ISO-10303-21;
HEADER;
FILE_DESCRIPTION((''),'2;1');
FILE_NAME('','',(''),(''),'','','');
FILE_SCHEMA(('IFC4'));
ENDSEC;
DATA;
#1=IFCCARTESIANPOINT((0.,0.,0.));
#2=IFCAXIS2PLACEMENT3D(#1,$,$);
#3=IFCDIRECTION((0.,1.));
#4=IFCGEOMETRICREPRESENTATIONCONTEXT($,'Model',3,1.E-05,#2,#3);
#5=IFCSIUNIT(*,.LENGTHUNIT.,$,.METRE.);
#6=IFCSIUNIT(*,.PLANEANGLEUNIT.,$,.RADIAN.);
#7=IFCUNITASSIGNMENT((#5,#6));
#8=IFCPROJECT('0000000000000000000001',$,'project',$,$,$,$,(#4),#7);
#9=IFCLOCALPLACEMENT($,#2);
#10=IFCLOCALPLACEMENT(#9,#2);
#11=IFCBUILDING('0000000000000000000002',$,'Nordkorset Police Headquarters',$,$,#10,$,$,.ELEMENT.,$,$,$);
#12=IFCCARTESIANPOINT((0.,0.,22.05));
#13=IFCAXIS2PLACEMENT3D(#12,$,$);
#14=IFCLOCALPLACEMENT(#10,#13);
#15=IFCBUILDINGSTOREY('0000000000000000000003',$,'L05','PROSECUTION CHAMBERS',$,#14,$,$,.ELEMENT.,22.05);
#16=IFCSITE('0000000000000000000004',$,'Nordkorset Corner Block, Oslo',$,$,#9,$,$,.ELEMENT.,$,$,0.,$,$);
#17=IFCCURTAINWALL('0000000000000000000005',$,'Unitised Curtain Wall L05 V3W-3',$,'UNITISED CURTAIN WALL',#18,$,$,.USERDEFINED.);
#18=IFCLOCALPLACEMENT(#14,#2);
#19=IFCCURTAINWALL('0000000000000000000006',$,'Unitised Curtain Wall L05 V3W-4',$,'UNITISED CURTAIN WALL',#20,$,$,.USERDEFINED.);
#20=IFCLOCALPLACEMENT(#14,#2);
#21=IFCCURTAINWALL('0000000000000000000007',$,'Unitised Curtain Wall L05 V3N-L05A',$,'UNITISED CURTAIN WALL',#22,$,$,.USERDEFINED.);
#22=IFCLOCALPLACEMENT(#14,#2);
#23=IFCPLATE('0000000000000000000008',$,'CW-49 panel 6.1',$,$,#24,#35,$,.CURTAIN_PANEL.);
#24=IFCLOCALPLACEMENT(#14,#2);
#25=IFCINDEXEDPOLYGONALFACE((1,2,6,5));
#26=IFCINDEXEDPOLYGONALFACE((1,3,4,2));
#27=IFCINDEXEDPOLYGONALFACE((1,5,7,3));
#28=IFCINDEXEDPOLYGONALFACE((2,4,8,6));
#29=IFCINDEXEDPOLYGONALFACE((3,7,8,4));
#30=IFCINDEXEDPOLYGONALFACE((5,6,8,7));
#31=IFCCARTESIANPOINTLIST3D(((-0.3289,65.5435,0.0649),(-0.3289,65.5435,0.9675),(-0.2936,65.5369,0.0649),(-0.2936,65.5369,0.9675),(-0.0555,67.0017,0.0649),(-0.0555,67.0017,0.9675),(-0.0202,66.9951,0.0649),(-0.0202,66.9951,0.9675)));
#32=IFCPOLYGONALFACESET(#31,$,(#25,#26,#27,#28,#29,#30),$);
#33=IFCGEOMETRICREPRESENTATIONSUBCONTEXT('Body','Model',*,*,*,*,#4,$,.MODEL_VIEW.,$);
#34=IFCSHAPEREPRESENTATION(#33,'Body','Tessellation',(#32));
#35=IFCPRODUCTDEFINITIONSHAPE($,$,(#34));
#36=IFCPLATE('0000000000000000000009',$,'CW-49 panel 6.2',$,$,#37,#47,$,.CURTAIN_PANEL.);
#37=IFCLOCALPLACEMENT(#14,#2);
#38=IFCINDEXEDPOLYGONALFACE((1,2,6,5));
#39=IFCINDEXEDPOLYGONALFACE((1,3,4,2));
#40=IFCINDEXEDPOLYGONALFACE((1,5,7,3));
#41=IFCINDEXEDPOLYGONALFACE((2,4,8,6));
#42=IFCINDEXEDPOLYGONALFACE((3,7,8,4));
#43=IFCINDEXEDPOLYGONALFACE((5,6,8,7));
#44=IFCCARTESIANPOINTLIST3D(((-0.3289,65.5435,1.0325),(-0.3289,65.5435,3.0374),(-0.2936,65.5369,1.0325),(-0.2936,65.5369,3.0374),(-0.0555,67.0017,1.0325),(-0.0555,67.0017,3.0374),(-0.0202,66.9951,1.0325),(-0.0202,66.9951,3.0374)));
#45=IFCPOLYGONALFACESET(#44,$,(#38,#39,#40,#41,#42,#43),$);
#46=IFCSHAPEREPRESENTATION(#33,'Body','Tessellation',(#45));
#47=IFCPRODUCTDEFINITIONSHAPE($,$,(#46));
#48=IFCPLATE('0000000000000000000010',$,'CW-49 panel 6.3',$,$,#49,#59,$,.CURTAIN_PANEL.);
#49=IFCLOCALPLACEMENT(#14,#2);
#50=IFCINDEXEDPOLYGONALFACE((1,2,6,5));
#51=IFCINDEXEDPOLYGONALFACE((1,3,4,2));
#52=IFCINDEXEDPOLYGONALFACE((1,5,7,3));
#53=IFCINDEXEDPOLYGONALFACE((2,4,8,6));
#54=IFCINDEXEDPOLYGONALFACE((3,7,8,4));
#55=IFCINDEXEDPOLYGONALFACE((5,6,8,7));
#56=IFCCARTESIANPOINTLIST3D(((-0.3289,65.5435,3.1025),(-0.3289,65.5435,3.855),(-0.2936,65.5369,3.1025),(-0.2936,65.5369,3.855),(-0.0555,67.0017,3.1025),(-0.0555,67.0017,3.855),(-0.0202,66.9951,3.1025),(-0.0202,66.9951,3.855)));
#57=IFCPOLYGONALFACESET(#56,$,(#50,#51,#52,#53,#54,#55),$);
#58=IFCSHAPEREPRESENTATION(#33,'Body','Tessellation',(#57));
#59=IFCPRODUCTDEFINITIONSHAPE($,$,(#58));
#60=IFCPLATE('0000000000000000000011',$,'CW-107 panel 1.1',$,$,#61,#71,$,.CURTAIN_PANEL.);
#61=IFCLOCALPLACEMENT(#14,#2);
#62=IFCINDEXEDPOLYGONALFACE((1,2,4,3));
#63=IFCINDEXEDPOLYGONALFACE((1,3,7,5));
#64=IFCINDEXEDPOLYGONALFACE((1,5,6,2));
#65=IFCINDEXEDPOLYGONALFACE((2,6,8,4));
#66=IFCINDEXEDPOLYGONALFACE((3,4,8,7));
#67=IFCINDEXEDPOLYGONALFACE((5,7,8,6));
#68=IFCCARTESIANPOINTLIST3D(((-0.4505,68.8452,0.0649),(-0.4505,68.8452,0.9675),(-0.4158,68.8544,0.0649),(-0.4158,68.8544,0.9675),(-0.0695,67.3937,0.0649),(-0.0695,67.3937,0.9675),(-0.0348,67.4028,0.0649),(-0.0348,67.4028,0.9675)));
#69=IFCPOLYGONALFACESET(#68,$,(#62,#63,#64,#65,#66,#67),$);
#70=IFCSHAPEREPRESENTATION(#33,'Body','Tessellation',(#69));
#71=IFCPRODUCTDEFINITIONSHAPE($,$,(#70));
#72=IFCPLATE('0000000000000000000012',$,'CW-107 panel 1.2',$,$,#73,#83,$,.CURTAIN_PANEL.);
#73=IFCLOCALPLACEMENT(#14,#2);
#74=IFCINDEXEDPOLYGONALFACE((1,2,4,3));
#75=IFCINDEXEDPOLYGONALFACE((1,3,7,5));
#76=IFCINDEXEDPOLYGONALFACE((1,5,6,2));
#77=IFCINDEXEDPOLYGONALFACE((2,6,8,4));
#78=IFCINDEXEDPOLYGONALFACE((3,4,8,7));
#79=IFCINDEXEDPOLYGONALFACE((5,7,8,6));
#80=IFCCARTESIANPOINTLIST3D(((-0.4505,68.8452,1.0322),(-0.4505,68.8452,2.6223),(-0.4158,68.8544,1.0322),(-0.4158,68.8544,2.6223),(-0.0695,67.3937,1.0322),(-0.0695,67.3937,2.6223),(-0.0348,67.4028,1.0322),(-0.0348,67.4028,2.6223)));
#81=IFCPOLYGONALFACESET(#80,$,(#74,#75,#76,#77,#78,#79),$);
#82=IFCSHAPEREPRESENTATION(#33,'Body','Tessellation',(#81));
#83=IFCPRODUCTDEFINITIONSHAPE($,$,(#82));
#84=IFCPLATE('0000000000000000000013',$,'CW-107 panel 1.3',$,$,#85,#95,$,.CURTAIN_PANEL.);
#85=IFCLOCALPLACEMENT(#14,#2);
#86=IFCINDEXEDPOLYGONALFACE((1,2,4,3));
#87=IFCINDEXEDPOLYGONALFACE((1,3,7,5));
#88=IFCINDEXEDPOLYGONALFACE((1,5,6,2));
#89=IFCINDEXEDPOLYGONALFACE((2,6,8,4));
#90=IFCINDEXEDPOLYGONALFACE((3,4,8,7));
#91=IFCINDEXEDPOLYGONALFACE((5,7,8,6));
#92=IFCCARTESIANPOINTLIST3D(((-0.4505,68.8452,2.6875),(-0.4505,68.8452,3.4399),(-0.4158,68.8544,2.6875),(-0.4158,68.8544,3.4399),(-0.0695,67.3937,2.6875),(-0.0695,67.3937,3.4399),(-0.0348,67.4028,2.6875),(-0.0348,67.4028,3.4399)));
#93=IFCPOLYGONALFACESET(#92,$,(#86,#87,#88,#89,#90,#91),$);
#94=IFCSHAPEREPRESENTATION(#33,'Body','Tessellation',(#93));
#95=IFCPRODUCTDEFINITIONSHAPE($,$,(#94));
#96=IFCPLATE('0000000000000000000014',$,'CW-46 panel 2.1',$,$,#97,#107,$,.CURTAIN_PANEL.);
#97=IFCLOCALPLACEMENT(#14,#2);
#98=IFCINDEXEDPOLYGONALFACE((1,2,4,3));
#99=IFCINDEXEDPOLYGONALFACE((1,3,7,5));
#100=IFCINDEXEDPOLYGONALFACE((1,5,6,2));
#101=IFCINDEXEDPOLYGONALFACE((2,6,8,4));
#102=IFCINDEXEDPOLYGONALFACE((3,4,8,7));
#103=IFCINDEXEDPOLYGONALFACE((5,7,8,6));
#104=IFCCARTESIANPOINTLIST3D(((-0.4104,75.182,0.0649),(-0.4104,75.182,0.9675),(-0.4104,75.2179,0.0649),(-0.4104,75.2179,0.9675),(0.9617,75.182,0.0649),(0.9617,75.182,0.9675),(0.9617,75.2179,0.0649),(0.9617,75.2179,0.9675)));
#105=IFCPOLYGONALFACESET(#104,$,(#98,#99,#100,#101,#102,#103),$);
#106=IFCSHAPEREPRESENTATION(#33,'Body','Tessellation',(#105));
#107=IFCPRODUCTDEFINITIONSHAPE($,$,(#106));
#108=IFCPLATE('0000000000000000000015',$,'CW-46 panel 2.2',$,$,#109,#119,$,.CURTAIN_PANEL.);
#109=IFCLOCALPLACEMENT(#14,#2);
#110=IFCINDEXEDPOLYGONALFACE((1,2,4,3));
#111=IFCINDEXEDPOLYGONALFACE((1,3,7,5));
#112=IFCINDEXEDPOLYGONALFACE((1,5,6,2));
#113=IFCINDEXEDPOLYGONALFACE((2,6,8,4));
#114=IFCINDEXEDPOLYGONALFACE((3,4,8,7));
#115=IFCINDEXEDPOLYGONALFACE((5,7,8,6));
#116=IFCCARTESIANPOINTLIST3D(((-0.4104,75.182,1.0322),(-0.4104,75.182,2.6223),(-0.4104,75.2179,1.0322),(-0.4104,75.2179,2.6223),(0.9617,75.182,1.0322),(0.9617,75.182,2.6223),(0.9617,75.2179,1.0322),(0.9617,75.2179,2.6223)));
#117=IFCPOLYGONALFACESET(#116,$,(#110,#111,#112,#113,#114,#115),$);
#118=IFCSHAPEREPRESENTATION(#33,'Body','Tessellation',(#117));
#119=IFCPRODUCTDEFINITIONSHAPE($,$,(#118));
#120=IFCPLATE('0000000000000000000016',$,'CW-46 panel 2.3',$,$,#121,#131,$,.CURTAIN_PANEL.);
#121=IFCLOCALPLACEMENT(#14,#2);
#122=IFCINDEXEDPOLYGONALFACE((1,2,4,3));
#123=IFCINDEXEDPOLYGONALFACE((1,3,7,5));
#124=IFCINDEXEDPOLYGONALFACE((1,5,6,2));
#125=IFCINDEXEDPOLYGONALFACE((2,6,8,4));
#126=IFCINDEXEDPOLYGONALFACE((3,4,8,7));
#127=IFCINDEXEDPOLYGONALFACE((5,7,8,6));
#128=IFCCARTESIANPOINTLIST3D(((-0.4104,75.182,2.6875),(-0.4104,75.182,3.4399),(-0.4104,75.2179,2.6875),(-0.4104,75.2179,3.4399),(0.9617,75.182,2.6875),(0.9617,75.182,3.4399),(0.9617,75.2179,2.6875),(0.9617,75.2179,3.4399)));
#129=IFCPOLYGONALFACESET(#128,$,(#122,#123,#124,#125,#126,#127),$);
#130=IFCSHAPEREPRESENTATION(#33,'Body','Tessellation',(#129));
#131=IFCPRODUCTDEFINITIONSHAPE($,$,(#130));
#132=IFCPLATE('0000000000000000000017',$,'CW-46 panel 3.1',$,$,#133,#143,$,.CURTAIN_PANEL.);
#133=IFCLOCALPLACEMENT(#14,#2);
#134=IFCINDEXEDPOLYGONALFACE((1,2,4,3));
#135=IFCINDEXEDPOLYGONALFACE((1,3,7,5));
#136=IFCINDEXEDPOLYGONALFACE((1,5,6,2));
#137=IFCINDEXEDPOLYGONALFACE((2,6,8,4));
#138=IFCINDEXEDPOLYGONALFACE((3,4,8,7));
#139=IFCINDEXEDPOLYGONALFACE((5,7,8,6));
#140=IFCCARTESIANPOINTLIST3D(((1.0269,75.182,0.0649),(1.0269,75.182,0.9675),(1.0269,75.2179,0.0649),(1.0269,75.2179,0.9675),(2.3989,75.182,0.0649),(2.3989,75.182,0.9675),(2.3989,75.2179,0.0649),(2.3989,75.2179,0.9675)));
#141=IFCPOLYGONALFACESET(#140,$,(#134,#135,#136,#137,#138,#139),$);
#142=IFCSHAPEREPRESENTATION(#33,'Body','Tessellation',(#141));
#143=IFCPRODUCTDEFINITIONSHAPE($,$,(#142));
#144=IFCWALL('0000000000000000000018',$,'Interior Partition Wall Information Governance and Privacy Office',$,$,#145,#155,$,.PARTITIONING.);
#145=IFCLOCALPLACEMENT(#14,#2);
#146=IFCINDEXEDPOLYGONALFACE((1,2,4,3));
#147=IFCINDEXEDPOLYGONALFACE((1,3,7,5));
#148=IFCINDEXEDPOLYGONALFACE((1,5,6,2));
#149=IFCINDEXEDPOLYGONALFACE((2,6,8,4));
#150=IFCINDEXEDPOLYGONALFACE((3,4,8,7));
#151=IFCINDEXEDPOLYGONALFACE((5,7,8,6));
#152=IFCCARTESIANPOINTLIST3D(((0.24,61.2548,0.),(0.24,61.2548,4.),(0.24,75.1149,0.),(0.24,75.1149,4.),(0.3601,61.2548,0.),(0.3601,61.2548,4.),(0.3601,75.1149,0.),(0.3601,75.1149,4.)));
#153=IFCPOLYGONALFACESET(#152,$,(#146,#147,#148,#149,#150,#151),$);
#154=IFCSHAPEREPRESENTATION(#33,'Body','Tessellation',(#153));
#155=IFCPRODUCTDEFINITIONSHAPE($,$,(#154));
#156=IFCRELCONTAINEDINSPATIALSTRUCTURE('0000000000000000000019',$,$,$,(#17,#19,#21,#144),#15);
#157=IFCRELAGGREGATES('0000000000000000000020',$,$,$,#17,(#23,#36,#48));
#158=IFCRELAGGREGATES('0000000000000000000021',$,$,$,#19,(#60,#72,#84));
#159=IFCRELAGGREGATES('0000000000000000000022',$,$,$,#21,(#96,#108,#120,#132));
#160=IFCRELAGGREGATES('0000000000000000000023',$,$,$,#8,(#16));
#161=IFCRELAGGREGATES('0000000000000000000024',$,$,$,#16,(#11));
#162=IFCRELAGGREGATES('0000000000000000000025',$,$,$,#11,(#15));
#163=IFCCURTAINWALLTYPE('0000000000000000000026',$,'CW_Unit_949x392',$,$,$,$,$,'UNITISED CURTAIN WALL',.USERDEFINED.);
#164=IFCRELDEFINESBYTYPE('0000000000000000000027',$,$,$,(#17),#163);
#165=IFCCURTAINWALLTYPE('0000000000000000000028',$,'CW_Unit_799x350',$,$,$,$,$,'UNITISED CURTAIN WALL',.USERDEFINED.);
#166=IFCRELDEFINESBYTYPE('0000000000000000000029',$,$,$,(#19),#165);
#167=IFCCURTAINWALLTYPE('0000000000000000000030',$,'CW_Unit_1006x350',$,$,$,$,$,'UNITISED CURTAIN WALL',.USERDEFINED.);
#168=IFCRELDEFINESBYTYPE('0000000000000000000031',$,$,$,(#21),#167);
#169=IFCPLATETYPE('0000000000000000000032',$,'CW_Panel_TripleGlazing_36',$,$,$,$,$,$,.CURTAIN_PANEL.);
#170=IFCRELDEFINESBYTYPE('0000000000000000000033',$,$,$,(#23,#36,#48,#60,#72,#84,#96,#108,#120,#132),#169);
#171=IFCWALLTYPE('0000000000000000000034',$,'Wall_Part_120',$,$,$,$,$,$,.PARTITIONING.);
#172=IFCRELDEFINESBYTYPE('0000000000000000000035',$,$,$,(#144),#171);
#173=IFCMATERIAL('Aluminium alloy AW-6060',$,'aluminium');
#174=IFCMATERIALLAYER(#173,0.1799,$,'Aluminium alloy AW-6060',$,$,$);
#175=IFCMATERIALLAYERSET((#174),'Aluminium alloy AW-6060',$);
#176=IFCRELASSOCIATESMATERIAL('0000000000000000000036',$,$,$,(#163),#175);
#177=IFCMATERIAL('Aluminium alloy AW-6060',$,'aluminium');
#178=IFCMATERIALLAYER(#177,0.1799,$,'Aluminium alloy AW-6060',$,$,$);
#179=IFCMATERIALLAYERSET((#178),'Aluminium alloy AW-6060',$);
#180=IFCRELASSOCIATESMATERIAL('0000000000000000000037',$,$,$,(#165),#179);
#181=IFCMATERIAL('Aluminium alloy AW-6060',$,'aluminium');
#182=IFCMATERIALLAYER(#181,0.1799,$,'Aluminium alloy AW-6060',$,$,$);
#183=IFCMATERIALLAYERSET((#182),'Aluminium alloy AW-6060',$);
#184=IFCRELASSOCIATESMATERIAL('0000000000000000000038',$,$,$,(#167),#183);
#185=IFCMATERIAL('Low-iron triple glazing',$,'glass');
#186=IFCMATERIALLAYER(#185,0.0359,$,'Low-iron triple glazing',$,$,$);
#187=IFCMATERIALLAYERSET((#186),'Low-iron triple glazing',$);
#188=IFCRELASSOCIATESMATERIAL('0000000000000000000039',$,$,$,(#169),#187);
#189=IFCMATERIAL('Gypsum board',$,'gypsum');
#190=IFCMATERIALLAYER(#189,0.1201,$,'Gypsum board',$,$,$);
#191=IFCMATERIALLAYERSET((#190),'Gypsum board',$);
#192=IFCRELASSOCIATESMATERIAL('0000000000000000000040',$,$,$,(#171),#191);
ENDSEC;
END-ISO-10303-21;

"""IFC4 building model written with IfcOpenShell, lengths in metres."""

from ifc_helpers import new_model, si_unit, direction, frame, frame_2d, origin, origin_2d, place, context, subcontext, project, spatial, rectangle, extrude, material, layer, layer_set, type_object, element, aggregate, save


model = new_model("IFC4")

# Units and contexts
model_context = context("Model", 3, precision=1e-05, world=origin(), true_north=direction((0.0, 1.0)))
body_context = subcontext(model_context, "Body", "Model", "MODEL_VIEW")
ifc_project = project(units=[si_unit("LENGTHUNIT", "METRE"), si_unit("PLANEANGLEUNIT", "RADIAN")], contexts=[model_context])

# Site, building, storey
site_placement = place(None, origin())
site = spatial("IfcSite", under=ifc_project, at=site_placement, Name="Nordkorset Corner Block, Oslo", CompositionType="ELEMENT", RefElevation=0.0)
building_placement = place(site_placement, origin())
building = spatial("IfcBuilding", under=site, at=building_placement, Name="Nordkorset Police Headquarters", CompositionType="ELEMENT")
storey_placement = place(building_placement, frame((0.0, 0.0, 22.05)))
storey = spatial("IfcBuildingStorey", under=building, at=storey_placement, Name="L05", Description="PROSECUTION CHAMBERS", CompositionType="ELEMENT", Elevation=22.05)

# Curtain walls
ifc_material_1 = material(Name="Aluminium alloy AW-6060", Category="aluminium")
ifc_layer_1 = layer(ifc_material_1, 0.1799, Name="Aluminium alloy AW-6060")
ifc_layer_set_1 = layer_set([ifc_layer_1], Name="Aluminium alloy AW-6060")
curtain_wall_type_1 = type_object("IfcCurtainWallType", Name="CW_Unit_949x392", ElementType="UNITISED CURTAIN WALL", PredefinedType="USERDEFINED", material=ifc_layer_set_1)
curtain_wall_1_placement = place(storey_placement, origin())
curtain_wall_1 = element("IfcCurtainWall", 1, at=curtain_wall_1_placement, inside=storey, type_object=curtain_wall_type_1, Name="Unitised Curtain Wall L05 V3W-3", ObjectType="UNITISED CURTAIN WALL", PredefinedType="USERDEFINED")
ifc_material_2 = material(Name="Aluminium alloy AW-6060", Category="aluminium")
ifc_layer_2 = layer(ifc_material_2, 0.1799, Name="Aluminium alloy AW-6060")
ifc_layer_set_2 = layer_set([ifc_layer_2], Name="Aluminium alloy AW-6060")
curtain_wall_type_2 = type_object("IfcCurtainWallType", Name="CW_Unit_799x350", ElementType="UNITISED CURTAIN WALL", PredefinedType="USERDEFINED", material=ifc_layer_set_2)
curtain_wall_2_placement = place(storey_placement, origin())
curtain_wall_2 = element("IfcCurtainWall", 2, at=curtain_wall_2_placement, inside=storey, type_object=curtain_wall_type_2, Name="Unitised Curtain Wall L05 V3W-4", ObjectType="UNITISED CURTAIN WALL", PredefinedType="USERDEFINED")
ifc_material_3 = material(Name="Aluminium alloy AW-6060", Category="aluminium")
ifc_layer_3 = layer(ifc_material_3, 0.1799, Name="Aluminium alloy AW-6060")
ifc_layer_set_3 = layer_set([ifc_layer_3], Name="Aluminium alloy AW-6060")
curtain_wall_type_3 = type_object("IfcCurtainWallType", Name="CW_Unit_1006x350", ElementType="UNITISED CURTAIN WALL", PredefinedType="USERDEFINED", material=ifc_layer_set_3)
curtain_wall_3_placement = place(storey_placement, origin())
curtain_wall_3 = element("IfcCurtainWall", 3, at=curtain_wall_3_placement, inside=storey, type_object=curtain_wall_type_3, Name="Unitised Curtain Wall L05 V3N-L05A", ObjectType="UNITISED CURTAIN WALL", PredefinedType="USERDEFINED")

# Plates
ifc_material_4 = material(Name="Low-iron triple glazing", Category="glass")
ifc_layer_4 = layer(ifc_material_4, 0.0359, Name="Low-iron triple glazing")
ifc_layer_set_4 = layer_set([ifc_layer_4], Name="Low-iron triple glazing")
plate_type = type_object("IfcPlateType", Name="CW_Panel_TripleGlazing_36", PredefinedType="CURTAIN_PANEL", material=ifc_layer_set_4)
plate_1_placement = place(storey_placement, frame((-0.1746, 66.2693, 0.0649), z_axis=(0.0, 0.0, 1.0), x_axis=(0.184289, 0.982872, 0.0)))
plate_1 = element("IfcPlate", 4, at=plate_1_placement, type_object=plate_type, Name="CW-49 panel 6.1", PredefinedType="CURTAIN_PANEL", context=body_context, shape_type="SweptSolid", body=[
    extrude(rectangle(XDim=1.4836, YDim=0.0359, at=origin_2d()), origin(), (0.0, 0.0, 1.0), 0.9026),
])
plate_2_placement = place(storey_placement, frame((-0.1746, 66.2693, 1.0325), z_axis=(0.0, 0.0, 1.0), x_axis=(0.184289, 0.982872, 0.0)))
plate_2 = element("IfcPlate", 5, at=plate_2_placement, type_object=plate_type, Name="CW-49 panel 6.2", PredefinedType="CURTAIN_PANEL", context=body_context, shape_type="SweptSolid", body=[
    extrude(rectangle(XDim=1.4836, YDim=0.0359, at=origin_2d()), origin(), (0.0, 0.0, 1.0), 2.0049),
])
plate_3_placement = place(storey_placement, frame((-0.1746, 66.2693, 3.1025), z_axis=(0.0, 0.0, 1.0), x_axis=(0.184289, 0.982872, 0.0)))
plate_3 = element("IfcPlate", 6, at=plate_3_placement, type_object=plate_type, Name="CW-49 panel 6.3", PredefinedType="CURTAIN_PANEL", context=body_context, shape_type="SweptSolid", body=[
    extrude(rectangle(XDim=1.4836, YDim=0.0359, at=origin_2d()), origin(), (0.0, 0.0, 1.0), 0.7524),
])
aggregate(curtain_wall_1, [plate_1, plate_2, plate_3])
plate_4_placement = place(storey_placement, frame((-0.2427, 68.124, 0.0649), z_axis=(0.0, 0.0, 1.0), x_axis=(-0.253897, 0.967231, 0.0)))
plate_4 = element("IfcPlate", 7, at=plate_4_placement, type_object=plate_type, Name="CW-107 panel 1.1", PredefinedType="CURTAIN_PANEL", context=body_context, shape_type="SweptSolid", body=[
    extrude(rectangle(XDim=1.5007, YDim=0.0359, at=origin_2d()), origin(), (0.0, 0.0, 1.0), 0.9026),
])
plate_5_placement = place(storey_placement, frame((-0.2427, 68.124, 1.0322), z_axis=(0.0, 0.0, 1.0), x_axis=(-0.253897, 0.967231, 0.0)))
plate_5 = element("IfcPlate", 8, at=plate_5_placement, type_object=plate_type, Name="CW-107 panel 1.2", PredefinedType="CURTAIN_PANEL", context=body_context, shape_type="SweptSolid", body=[
    extrude(rectangle(XDim=1.5007, YDim=0.0359, at=origin_2d()), origin(), (0.0, 0.0, 1.0), 1.5901),
])
plate_6_placement = place(storey_placement, frame((-0.2427, 68.124, 2.6875), z_axis=(0.0, 0.0, 1.0), x_axis=(-0.253897, 0.967231, 0.0)))
plate_6 = element("IfcPlate", 9, at=plate_6_placement, type_object=plate_type, Name="CW-107 panel 1.3", PredefinedType="CURTAIN_PANEL", context=body_context, shape_type="SweptSolid", body=[
    extrude(rectangle(XDim=1.5007, YDim=0.0359, at=origin_2d()), origin(), (0.0, 0.0, 1.0), 0.7524),
])
aggregate(curtain_wall_2, [plate_4, plate_5, plate_6])
plate_7_placement = place(storey_placement, frame((0.2756, 75.2, 0.0649), z_axis=(0.0, 0.0, 1.0), x_axis=(1.0, 0.0, 0.0)))
plate_7 = element("IfcPlate", 10, at=plate_7_placement, type_object=plate_type, Name="CW-46 panel 2.1", PredefinedType="CURTAIN_PANEL", context=body_context, shape_type="SweptSolid", body=[
    extrude(rectangle(XDim=1.3721, YDim=0.0359, at=origin_2d()), origin(), (0.0, 0.0, 1.0), 0.9026),
])
plate_8_placement = place(storey_placement, frame((0.2756, 75.2, 1.0322), z_axis=(0.0, 0.0, 1.0), x_axis=(1.0, 0.0, 0.0)))
plate_8 = element("IfcPlate", 11, at=plate_8_placement, type_object=plate_type, Name="CW-46 panel 2.2", PredefinedType="CURTAIN_PANEL", context=body_context, shape_type="SweptSolid", body=[
    extrude(rectangle(XDim=1.3721, YDim=0.0359, at=origin_2d()), origin(), (0.0, 0.0, 1.0), 1.5901),
])
plate_9_placement = place(storey_placement, frame((0.2756, 75.2, 2.6875), z_axis=(0.0, 0.0, 1.0), x_axis=(1.0, 0.0, 0.0)))
plate_9 = element("IfcPlate", 12, at=plate_9_placement, type_object=plate_type, Name="CW-46 panel 2.3", PredefinedType="CURTAIN_PANEL", context=body_context, shape_type="SweptSolid", body=[
    extrude(rectangle(XDim=1.3721, YDim=0.0359, at=origin_2d()), origin(), (0.0, 0.0, 1.0), 0.7524),
])
plate_10_placement = place(storey_placement, frame((1.7129, 75.2, 0.0649), z_axis=(0.0, 0.0, 1.0), x_axis=(1.0, 0.0, 0.0)))
plate_10 = element("IfcPlate", 13, at=plate_10_placement, type_object=plate_type, Name="CW-46 panel 3.1", PredefinedType="CURTAIN_PANEL", context=body_context, shape_type="SweptSolid", body=[
    extrude(rectangle(XDim=1.3721, YDim=0.0359, at=origin_2d()), origin(), (0.0, 0.0, 1.0), 0.9026),
])
aggregate(curtain_wall_3, [plate_7, plate_8, plate_9, plate_10])

# Wall
ifc_material_5 = material(Name="Gypsum board", Category="gypsum")
ifc_layer_5 = layer(ifc_material_5, 0.1201, Name="Gypsum board")
ifc_layer_set_5 = layer_set([ifc_layer_5], Name="Gypsum board")
wall_type = type_object("IfcWallType", Name="Wall_Part_120", PredefinedType="PARTITIONING", material=ifc_layer_set_5)
wall_placement = place(storey_placement, frame((0.3, 75.115, 0.0), z_axis=(0.0, 0.0, 1.0), x_axis=(0.0, -1.0, 0.0)))
element("IfcWall", 14, at=wall_placement, inside=storey, type_object=wall_type, Name="Interior Partition Wall Information Governance and Privacy Office", PredefinedType="PARTITIONING", context=body_context, shape_type="SweptSolid", body=[
    extrude(rectangle(XDim=13.8601, YDim=0.1201, at=frame_2d((6.9302, 0.0))), origin(), (0.0, 0.0, 1.0), 4.0),
])

save(model, "model.ifc")
